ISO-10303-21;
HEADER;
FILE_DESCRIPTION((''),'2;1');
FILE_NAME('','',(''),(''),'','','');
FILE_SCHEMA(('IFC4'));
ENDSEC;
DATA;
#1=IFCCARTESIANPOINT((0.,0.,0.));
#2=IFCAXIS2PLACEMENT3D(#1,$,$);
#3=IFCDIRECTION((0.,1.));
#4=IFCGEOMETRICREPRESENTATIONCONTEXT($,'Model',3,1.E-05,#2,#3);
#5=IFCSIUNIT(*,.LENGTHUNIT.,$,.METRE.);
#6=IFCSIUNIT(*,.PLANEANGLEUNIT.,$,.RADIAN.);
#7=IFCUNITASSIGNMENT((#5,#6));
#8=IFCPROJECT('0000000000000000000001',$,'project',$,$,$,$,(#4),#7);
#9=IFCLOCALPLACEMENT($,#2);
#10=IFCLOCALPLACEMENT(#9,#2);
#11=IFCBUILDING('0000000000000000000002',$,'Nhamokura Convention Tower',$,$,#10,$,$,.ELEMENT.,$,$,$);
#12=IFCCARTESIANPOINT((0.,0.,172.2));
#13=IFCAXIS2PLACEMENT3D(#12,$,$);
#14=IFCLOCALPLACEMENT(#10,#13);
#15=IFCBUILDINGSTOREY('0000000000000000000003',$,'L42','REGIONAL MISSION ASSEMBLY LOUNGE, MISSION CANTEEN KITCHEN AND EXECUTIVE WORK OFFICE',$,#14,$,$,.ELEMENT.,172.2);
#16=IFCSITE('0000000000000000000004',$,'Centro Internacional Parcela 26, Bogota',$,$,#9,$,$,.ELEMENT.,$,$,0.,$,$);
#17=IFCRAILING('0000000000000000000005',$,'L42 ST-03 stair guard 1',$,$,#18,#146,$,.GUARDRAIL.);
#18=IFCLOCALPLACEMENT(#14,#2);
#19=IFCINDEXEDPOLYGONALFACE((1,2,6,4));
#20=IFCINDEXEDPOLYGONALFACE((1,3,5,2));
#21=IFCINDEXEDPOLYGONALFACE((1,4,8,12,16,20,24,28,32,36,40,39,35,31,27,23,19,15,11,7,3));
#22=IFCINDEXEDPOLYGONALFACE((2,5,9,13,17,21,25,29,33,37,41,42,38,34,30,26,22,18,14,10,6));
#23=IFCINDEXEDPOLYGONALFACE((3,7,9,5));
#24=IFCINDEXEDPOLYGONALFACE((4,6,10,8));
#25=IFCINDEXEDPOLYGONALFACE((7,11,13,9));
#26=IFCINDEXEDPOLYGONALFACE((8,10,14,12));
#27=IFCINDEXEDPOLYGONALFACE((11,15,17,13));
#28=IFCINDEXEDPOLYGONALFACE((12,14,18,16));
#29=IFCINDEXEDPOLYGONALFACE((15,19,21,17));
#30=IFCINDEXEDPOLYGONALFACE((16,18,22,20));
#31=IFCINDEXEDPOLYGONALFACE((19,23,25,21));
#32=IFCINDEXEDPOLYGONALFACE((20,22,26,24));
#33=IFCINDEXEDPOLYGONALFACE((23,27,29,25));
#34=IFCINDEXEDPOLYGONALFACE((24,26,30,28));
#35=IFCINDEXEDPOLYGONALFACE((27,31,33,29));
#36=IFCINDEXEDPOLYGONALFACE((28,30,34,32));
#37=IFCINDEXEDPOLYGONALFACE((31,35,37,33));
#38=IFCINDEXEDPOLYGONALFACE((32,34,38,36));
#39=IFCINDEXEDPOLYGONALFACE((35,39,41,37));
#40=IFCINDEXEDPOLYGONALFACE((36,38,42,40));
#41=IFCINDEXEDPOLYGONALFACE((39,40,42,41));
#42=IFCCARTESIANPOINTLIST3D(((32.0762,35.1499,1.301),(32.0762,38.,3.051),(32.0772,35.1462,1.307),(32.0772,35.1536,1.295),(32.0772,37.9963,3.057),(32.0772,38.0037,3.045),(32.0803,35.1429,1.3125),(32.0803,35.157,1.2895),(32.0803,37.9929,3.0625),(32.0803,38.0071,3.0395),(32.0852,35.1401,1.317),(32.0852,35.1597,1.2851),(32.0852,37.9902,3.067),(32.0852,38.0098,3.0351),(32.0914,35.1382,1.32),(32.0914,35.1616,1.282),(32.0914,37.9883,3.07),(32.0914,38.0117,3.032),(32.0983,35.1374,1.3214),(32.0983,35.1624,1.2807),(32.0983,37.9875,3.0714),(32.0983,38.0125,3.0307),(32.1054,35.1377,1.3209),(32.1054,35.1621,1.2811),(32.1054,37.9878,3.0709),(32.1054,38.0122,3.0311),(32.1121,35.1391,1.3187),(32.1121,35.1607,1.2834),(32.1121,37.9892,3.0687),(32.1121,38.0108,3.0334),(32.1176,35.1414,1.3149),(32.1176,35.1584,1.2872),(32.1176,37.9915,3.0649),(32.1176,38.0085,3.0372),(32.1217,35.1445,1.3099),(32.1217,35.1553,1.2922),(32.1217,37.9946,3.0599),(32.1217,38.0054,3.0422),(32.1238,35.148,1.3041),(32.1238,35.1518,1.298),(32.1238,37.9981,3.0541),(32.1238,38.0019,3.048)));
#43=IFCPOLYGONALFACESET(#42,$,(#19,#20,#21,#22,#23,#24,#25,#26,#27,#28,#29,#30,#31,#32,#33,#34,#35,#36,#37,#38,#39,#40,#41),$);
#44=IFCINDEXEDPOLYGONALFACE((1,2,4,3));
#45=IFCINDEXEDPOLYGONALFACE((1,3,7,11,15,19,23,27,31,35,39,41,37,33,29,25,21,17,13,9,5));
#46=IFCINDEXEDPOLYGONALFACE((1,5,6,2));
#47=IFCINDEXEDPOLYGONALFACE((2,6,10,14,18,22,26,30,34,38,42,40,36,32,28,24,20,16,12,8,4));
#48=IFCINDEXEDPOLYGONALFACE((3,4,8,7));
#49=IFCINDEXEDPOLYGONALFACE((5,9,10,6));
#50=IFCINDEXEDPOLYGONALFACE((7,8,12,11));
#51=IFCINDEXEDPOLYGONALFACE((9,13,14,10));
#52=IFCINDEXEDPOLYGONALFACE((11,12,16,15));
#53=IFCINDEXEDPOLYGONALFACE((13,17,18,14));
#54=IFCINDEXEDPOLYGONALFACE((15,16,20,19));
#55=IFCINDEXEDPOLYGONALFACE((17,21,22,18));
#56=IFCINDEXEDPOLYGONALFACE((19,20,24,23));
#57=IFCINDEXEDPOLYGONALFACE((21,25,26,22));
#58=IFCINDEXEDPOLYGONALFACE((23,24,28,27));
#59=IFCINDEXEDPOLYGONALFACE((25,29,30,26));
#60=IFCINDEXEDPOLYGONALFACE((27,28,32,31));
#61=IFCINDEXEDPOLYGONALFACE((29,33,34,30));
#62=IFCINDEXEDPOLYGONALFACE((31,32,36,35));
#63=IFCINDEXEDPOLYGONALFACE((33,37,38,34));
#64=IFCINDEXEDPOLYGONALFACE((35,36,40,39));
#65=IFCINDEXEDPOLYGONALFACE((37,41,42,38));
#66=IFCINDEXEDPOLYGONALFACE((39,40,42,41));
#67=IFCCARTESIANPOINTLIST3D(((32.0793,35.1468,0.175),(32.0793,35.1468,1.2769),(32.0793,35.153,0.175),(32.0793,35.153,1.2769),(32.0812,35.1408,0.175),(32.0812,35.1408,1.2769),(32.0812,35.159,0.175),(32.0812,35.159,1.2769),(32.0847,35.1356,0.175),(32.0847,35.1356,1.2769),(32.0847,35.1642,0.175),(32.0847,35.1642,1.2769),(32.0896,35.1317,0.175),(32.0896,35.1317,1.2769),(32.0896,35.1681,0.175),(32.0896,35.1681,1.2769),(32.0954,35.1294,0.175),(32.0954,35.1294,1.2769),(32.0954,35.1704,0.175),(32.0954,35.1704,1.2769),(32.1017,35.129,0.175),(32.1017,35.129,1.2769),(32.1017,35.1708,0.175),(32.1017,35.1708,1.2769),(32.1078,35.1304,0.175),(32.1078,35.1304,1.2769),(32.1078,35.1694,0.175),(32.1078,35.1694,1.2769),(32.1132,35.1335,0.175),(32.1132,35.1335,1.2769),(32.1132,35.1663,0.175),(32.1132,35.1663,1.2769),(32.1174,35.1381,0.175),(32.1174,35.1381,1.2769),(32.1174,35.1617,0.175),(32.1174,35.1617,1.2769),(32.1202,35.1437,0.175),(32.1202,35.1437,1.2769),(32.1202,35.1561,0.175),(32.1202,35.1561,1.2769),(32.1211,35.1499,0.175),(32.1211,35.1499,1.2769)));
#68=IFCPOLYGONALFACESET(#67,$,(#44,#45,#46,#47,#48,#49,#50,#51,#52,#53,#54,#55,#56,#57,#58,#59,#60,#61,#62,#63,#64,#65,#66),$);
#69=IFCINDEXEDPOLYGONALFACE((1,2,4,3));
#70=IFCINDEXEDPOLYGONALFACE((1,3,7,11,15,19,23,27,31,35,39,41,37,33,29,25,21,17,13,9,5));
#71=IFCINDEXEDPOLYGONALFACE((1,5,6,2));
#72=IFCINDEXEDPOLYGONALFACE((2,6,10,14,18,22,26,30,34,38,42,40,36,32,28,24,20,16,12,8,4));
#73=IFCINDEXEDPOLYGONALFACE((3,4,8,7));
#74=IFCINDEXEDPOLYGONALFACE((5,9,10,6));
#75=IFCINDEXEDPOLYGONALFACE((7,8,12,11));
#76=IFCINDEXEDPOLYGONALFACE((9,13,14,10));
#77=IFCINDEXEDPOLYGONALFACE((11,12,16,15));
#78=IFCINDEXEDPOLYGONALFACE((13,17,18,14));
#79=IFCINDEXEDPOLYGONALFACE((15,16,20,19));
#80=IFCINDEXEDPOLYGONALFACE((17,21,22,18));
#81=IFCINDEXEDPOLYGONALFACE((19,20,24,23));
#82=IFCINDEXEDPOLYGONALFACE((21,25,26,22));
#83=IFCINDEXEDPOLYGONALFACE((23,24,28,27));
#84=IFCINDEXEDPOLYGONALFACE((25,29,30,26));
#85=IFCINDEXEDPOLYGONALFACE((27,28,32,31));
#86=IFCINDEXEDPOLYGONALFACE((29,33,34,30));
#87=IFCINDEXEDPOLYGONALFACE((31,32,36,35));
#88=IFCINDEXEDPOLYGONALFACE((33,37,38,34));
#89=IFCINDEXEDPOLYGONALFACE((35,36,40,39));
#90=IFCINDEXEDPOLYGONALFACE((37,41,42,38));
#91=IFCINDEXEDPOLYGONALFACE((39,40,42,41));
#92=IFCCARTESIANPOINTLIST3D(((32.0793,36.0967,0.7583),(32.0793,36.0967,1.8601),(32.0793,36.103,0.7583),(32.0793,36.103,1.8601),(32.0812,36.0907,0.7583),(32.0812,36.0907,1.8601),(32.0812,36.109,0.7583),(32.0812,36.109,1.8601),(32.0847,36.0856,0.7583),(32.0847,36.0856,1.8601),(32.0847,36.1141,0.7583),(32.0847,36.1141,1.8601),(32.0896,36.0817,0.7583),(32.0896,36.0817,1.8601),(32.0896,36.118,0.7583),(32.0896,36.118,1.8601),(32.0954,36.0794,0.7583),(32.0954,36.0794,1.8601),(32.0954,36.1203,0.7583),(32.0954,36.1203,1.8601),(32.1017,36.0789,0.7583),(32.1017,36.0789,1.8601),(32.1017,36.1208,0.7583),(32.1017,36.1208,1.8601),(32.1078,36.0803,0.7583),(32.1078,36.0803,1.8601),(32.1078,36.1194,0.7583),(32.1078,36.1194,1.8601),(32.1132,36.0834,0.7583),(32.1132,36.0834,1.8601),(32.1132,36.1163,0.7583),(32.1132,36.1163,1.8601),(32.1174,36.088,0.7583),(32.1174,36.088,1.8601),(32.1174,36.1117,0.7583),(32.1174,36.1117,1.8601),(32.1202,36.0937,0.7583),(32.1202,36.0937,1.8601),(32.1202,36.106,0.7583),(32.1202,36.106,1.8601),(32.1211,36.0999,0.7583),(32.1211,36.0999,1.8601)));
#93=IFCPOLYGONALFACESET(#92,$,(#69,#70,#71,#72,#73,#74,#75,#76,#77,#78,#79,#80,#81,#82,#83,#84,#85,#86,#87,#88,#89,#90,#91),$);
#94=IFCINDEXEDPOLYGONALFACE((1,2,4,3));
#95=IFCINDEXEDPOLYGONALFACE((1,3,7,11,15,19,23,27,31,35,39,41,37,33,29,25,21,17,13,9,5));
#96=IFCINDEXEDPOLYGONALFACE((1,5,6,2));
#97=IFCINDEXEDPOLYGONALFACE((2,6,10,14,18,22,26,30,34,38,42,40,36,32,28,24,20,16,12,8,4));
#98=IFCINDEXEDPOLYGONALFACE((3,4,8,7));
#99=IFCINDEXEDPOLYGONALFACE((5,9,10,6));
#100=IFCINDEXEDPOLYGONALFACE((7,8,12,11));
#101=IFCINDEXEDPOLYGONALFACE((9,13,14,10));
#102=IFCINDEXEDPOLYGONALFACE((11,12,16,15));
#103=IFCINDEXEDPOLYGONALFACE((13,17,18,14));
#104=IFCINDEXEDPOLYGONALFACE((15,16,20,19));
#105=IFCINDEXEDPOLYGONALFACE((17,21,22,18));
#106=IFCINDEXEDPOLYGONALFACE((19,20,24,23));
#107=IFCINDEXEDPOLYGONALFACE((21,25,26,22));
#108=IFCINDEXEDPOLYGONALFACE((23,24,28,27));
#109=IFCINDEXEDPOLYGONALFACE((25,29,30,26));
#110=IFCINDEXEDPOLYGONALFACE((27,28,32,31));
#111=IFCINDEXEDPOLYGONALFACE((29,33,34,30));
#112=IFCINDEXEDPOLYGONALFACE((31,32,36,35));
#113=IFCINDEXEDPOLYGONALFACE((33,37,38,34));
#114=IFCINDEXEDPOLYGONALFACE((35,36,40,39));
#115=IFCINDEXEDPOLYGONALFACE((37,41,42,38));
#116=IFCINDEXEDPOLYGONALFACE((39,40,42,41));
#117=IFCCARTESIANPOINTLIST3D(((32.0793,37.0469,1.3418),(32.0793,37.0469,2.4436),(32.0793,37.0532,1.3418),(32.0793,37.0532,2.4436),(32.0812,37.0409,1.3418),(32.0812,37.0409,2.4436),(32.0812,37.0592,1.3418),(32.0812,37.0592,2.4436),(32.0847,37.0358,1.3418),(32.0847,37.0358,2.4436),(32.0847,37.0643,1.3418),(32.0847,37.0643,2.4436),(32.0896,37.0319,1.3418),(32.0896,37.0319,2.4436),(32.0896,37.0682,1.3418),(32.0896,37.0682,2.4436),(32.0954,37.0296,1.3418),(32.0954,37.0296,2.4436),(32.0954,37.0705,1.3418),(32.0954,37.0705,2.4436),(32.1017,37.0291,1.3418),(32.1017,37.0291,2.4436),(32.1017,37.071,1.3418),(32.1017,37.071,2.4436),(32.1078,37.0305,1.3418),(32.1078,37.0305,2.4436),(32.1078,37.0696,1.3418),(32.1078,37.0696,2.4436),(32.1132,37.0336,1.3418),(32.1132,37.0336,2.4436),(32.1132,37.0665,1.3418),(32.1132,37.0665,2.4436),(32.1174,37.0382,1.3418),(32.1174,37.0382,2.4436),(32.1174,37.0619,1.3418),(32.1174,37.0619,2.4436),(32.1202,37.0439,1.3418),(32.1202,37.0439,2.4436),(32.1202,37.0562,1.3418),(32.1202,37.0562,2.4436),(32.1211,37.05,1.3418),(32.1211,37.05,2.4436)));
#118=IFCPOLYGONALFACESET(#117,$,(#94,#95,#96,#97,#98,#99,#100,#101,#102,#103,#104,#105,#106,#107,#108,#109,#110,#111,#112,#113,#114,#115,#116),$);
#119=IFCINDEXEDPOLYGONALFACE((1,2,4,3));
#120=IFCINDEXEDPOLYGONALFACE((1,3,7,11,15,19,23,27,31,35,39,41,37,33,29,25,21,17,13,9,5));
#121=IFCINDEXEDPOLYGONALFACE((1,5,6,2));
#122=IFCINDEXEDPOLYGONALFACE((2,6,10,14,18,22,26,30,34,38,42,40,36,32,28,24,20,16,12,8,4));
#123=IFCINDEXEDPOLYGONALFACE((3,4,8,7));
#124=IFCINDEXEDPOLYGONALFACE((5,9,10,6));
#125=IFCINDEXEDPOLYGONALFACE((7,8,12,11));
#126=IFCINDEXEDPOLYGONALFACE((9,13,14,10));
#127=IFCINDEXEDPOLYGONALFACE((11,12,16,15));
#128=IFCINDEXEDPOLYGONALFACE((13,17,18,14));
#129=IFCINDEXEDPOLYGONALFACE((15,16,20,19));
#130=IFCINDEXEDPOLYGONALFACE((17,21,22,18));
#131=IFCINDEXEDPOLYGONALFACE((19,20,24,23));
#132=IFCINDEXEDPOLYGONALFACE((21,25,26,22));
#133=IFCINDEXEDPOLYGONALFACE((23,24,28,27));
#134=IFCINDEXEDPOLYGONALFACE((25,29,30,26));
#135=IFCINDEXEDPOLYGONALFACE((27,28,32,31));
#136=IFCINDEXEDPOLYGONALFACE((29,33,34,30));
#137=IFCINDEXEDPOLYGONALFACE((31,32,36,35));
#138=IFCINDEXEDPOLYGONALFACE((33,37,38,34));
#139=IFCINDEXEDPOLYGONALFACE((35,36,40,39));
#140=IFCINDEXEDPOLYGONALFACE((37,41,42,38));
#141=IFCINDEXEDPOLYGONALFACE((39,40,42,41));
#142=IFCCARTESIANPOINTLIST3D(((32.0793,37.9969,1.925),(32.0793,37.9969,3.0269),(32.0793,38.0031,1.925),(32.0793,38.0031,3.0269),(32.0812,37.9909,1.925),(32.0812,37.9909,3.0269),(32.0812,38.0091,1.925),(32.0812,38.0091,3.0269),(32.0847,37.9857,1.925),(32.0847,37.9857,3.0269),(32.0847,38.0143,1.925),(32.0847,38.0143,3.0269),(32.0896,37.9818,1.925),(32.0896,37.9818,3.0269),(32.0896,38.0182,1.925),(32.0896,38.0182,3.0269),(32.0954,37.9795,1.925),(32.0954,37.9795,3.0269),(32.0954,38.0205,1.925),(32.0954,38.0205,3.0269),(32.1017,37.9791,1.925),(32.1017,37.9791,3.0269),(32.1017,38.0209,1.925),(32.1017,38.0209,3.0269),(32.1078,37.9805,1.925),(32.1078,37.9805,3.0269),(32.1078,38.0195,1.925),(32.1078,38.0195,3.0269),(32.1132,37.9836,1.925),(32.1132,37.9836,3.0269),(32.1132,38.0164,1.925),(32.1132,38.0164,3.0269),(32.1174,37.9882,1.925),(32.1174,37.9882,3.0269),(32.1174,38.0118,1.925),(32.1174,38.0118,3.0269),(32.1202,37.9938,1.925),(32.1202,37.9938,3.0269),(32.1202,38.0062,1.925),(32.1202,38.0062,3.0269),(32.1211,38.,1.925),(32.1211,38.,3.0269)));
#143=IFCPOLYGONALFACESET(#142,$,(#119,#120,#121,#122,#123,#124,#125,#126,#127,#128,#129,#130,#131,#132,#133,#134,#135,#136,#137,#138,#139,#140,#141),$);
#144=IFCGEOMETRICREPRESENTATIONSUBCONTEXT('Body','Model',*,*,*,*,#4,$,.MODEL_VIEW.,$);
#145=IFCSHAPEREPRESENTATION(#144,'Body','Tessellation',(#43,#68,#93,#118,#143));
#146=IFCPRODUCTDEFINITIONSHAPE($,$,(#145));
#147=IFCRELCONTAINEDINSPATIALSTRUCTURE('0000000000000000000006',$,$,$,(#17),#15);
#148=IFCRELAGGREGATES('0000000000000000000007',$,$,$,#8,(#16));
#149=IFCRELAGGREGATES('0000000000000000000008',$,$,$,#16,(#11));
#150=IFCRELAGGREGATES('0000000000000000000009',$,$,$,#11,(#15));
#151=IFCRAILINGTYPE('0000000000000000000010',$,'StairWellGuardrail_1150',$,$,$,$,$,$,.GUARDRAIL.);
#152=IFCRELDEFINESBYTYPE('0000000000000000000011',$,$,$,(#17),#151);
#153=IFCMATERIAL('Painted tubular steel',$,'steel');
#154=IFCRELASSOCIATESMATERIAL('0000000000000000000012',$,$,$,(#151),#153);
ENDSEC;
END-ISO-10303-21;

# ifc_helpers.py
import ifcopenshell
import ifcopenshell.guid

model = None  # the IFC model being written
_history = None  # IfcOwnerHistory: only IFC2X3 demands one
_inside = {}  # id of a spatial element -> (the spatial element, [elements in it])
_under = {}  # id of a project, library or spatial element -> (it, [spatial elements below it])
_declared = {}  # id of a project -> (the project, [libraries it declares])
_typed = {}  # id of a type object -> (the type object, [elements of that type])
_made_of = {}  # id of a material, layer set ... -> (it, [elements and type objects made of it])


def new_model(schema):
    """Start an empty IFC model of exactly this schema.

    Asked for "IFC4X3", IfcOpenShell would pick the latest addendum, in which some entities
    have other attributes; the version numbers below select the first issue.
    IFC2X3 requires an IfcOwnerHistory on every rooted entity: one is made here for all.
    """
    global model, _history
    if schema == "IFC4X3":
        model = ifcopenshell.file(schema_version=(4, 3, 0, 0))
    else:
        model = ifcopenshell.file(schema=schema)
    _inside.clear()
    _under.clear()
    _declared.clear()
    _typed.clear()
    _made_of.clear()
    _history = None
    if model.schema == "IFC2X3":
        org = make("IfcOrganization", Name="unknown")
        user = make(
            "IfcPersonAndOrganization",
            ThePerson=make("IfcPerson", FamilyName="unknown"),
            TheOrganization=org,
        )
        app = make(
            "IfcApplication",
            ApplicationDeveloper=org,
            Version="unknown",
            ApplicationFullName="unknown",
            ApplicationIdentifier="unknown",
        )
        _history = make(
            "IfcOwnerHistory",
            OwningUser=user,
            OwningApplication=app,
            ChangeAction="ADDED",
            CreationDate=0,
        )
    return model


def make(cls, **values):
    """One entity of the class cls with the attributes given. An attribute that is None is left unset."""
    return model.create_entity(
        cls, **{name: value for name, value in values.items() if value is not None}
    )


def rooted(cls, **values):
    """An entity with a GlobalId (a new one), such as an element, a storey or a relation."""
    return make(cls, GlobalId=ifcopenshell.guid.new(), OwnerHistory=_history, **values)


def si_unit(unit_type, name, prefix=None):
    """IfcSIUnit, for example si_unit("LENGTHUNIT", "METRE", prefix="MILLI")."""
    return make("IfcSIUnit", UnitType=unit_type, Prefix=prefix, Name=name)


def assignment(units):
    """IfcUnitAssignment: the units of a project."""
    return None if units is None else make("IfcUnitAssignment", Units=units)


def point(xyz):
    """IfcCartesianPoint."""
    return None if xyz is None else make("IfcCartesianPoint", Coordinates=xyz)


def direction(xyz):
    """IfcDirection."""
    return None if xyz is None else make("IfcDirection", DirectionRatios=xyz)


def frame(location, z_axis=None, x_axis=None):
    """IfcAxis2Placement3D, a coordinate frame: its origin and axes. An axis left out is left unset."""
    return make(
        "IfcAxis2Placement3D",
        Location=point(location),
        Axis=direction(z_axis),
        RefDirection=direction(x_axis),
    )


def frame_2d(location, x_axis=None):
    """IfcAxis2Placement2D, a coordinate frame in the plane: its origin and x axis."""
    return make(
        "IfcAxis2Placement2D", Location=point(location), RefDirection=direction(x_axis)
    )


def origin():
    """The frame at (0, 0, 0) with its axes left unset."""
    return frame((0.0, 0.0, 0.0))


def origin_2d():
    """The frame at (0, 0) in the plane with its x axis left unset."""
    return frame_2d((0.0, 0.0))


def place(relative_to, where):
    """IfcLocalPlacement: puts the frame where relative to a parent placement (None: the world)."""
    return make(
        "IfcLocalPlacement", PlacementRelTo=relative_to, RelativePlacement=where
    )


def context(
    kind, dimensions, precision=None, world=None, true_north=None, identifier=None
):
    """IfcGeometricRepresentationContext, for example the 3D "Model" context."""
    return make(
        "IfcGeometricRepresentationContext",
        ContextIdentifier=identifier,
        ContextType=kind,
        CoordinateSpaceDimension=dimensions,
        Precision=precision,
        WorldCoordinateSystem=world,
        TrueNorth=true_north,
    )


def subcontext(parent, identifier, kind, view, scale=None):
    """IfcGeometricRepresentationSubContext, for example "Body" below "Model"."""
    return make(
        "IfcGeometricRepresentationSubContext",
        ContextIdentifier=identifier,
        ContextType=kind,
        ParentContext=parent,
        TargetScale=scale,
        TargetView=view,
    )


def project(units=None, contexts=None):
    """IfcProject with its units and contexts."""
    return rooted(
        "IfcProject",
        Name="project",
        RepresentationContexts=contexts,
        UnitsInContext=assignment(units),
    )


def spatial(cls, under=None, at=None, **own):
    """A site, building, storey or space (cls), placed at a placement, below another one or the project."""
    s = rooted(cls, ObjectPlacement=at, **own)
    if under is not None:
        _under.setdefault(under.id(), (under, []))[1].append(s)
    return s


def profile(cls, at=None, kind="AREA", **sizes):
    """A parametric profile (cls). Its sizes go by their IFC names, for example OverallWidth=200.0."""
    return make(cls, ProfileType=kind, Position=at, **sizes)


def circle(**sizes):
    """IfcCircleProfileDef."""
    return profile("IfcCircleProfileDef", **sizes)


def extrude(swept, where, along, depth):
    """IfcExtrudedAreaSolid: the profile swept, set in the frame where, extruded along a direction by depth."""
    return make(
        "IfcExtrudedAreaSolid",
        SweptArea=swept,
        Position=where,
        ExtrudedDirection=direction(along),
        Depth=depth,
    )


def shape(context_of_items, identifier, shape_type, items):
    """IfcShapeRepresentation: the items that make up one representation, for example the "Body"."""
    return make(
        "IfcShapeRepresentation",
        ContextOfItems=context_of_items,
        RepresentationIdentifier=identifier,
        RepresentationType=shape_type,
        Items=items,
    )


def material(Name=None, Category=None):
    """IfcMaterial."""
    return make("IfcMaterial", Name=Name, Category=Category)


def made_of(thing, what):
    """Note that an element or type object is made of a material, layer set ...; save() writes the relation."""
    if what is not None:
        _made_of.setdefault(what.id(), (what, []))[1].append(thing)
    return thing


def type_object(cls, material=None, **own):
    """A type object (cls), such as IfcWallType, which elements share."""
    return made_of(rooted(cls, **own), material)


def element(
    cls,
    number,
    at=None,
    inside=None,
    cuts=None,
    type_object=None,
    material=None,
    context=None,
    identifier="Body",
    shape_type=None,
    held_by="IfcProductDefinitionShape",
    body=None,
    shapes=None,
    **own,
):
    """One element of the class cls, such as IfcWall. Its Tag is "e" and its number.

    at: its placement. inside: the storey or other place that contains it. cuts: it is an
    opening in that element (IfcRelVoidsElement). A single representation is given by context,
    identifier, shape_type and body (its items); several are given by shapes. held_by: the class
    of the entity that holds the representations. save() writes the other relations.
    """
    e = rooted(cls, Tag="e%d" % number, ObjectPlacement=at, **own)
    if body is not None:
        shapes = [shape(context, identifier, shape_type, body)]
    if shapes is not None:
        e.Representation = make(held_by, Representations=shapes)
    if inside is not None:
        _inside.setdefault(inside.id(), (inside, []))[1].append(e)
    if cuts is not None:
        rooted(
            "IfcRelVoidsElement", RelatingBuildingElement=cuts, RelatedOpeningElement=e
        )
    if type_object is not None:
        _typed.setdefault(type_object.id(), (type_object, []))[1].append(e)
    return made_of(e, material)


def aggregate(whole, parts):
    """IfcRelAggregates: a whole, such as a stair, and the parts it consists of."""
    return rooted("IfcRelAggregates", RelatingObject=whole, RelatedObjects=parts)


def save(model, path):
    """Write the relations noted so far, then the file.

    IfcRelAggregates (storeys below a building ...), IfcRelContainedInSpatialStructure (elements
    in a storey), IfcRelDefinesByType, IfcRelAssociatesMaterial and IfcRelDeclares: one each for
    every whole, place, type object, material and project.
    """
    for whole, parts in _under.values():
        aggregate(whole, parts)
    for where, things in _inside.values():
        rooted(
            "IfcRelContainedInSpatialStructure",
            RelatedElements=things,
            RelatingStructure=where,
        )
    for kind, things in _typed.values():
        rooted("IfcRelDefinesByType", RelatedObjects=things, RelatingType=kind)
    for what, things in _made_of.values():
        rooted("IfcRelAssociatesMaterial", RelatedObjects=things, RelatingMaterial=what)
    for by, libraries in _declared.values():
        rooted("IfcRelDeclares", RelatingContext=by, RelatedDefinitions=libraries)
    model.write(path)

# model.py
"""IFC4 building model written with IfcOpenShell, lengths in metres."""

from ifc_helpers import new_model, si_unit, direction, frame, origin, origin_2d, place, context, subcontext, project, spatial, circle, extrude, material, type_object, element, save


model = new_model("IFC4")

# Units and contexts
model_context = context("Model", 3, precision=1e-05, world=origin(), true_north=direction((0.0, 1.0)))
body_context = subcontext(model_context, "Body", "Model", "MODEL_VIEW")
ifc_project = project(units=[si_unit("LENGTHUNIT", "METRE"), si_unit("PLANEANGLEUNIT", "RADIAN")], contexts=[model_context])

# Site, building, storey
site_placement = place(None, origin())
site = spatial("IfcSite", under=ifc_project, at=site_placement, Name="Centro Internacional Parcela 26, Bogota", CompositionType="ELEMENT", RefElevation=0.0)
building_placement = place(site_placement, origin())
building = spatial("IfcBuilding", under=site, at=building_placement, Name="Nhamokura Convention Tower", CompositionType="ELEMENT")
storey_placement = place(building_placement, frame((0.0, 0.0, 172.2)))
storey = spatial("IfcBuildingStorey", under=building, at=storey_placement, Name="L42", Description="REGIONAL MISSION ASSEMBLY LOUNGE, MISSION CANTEEN KITCHEN AND EXECUTIVE WORK OFFICE", CompositionType="ELEMENT", Elevation=172.2)

# Railing
ifc_material_1 = material(Name="Painted tubular steel", Category="steel")
railing_type_1 = type_object("IfcRailingType", Name="StairWellGuardrail_1150", PredefinedType="GUARDRAIL", material=ifc_material_1)
railing_1_placement = place(storey_placement, frame((32.1001, 35.1499, 0.175)))
element("IfcRailing", 1, at=railing_1_placement, inside=storey, type_object=railing_type_1, Name="L42 ST-03 stair guard 1", PredefinedType="GUARDRAIL", context=body_context, shape_type="SweptSolid", body=[
    extrude(circle(Radius=0.0239, at=origin_2d()), frame((0.0, 0.0, 1.126), z_axis=(0.0, 0.852179, 0.52325), x_axis=(-1.0, 0.0, 0.0)), (0.0, 0.0, 1.0), 3.3445),
    extrude(circle(Radius=0.021, at=origin_2d()), origin(), (0.0, 0.0, 1.0), 1.1018),
    extrude(circle(Radius=0.021, at=origin_2d()), frame((0.0, 0.95, 0.5833)), (0.0, 0.0, 1.0), 1.1018),
    extrude(circle(Radius=0.021, at=origin_2d()), frame((0.0, 1.9001, 1.1667)), (0.0, 0.0, 1.0), 1.1018),
    extrude(circle(Radius=0.021, at=origin_2d()), frame((0.0, 2.8501, 1.75)), (0.0, 0.0, 1.0), 1.1018),
])

save(model, "model.ifc")
